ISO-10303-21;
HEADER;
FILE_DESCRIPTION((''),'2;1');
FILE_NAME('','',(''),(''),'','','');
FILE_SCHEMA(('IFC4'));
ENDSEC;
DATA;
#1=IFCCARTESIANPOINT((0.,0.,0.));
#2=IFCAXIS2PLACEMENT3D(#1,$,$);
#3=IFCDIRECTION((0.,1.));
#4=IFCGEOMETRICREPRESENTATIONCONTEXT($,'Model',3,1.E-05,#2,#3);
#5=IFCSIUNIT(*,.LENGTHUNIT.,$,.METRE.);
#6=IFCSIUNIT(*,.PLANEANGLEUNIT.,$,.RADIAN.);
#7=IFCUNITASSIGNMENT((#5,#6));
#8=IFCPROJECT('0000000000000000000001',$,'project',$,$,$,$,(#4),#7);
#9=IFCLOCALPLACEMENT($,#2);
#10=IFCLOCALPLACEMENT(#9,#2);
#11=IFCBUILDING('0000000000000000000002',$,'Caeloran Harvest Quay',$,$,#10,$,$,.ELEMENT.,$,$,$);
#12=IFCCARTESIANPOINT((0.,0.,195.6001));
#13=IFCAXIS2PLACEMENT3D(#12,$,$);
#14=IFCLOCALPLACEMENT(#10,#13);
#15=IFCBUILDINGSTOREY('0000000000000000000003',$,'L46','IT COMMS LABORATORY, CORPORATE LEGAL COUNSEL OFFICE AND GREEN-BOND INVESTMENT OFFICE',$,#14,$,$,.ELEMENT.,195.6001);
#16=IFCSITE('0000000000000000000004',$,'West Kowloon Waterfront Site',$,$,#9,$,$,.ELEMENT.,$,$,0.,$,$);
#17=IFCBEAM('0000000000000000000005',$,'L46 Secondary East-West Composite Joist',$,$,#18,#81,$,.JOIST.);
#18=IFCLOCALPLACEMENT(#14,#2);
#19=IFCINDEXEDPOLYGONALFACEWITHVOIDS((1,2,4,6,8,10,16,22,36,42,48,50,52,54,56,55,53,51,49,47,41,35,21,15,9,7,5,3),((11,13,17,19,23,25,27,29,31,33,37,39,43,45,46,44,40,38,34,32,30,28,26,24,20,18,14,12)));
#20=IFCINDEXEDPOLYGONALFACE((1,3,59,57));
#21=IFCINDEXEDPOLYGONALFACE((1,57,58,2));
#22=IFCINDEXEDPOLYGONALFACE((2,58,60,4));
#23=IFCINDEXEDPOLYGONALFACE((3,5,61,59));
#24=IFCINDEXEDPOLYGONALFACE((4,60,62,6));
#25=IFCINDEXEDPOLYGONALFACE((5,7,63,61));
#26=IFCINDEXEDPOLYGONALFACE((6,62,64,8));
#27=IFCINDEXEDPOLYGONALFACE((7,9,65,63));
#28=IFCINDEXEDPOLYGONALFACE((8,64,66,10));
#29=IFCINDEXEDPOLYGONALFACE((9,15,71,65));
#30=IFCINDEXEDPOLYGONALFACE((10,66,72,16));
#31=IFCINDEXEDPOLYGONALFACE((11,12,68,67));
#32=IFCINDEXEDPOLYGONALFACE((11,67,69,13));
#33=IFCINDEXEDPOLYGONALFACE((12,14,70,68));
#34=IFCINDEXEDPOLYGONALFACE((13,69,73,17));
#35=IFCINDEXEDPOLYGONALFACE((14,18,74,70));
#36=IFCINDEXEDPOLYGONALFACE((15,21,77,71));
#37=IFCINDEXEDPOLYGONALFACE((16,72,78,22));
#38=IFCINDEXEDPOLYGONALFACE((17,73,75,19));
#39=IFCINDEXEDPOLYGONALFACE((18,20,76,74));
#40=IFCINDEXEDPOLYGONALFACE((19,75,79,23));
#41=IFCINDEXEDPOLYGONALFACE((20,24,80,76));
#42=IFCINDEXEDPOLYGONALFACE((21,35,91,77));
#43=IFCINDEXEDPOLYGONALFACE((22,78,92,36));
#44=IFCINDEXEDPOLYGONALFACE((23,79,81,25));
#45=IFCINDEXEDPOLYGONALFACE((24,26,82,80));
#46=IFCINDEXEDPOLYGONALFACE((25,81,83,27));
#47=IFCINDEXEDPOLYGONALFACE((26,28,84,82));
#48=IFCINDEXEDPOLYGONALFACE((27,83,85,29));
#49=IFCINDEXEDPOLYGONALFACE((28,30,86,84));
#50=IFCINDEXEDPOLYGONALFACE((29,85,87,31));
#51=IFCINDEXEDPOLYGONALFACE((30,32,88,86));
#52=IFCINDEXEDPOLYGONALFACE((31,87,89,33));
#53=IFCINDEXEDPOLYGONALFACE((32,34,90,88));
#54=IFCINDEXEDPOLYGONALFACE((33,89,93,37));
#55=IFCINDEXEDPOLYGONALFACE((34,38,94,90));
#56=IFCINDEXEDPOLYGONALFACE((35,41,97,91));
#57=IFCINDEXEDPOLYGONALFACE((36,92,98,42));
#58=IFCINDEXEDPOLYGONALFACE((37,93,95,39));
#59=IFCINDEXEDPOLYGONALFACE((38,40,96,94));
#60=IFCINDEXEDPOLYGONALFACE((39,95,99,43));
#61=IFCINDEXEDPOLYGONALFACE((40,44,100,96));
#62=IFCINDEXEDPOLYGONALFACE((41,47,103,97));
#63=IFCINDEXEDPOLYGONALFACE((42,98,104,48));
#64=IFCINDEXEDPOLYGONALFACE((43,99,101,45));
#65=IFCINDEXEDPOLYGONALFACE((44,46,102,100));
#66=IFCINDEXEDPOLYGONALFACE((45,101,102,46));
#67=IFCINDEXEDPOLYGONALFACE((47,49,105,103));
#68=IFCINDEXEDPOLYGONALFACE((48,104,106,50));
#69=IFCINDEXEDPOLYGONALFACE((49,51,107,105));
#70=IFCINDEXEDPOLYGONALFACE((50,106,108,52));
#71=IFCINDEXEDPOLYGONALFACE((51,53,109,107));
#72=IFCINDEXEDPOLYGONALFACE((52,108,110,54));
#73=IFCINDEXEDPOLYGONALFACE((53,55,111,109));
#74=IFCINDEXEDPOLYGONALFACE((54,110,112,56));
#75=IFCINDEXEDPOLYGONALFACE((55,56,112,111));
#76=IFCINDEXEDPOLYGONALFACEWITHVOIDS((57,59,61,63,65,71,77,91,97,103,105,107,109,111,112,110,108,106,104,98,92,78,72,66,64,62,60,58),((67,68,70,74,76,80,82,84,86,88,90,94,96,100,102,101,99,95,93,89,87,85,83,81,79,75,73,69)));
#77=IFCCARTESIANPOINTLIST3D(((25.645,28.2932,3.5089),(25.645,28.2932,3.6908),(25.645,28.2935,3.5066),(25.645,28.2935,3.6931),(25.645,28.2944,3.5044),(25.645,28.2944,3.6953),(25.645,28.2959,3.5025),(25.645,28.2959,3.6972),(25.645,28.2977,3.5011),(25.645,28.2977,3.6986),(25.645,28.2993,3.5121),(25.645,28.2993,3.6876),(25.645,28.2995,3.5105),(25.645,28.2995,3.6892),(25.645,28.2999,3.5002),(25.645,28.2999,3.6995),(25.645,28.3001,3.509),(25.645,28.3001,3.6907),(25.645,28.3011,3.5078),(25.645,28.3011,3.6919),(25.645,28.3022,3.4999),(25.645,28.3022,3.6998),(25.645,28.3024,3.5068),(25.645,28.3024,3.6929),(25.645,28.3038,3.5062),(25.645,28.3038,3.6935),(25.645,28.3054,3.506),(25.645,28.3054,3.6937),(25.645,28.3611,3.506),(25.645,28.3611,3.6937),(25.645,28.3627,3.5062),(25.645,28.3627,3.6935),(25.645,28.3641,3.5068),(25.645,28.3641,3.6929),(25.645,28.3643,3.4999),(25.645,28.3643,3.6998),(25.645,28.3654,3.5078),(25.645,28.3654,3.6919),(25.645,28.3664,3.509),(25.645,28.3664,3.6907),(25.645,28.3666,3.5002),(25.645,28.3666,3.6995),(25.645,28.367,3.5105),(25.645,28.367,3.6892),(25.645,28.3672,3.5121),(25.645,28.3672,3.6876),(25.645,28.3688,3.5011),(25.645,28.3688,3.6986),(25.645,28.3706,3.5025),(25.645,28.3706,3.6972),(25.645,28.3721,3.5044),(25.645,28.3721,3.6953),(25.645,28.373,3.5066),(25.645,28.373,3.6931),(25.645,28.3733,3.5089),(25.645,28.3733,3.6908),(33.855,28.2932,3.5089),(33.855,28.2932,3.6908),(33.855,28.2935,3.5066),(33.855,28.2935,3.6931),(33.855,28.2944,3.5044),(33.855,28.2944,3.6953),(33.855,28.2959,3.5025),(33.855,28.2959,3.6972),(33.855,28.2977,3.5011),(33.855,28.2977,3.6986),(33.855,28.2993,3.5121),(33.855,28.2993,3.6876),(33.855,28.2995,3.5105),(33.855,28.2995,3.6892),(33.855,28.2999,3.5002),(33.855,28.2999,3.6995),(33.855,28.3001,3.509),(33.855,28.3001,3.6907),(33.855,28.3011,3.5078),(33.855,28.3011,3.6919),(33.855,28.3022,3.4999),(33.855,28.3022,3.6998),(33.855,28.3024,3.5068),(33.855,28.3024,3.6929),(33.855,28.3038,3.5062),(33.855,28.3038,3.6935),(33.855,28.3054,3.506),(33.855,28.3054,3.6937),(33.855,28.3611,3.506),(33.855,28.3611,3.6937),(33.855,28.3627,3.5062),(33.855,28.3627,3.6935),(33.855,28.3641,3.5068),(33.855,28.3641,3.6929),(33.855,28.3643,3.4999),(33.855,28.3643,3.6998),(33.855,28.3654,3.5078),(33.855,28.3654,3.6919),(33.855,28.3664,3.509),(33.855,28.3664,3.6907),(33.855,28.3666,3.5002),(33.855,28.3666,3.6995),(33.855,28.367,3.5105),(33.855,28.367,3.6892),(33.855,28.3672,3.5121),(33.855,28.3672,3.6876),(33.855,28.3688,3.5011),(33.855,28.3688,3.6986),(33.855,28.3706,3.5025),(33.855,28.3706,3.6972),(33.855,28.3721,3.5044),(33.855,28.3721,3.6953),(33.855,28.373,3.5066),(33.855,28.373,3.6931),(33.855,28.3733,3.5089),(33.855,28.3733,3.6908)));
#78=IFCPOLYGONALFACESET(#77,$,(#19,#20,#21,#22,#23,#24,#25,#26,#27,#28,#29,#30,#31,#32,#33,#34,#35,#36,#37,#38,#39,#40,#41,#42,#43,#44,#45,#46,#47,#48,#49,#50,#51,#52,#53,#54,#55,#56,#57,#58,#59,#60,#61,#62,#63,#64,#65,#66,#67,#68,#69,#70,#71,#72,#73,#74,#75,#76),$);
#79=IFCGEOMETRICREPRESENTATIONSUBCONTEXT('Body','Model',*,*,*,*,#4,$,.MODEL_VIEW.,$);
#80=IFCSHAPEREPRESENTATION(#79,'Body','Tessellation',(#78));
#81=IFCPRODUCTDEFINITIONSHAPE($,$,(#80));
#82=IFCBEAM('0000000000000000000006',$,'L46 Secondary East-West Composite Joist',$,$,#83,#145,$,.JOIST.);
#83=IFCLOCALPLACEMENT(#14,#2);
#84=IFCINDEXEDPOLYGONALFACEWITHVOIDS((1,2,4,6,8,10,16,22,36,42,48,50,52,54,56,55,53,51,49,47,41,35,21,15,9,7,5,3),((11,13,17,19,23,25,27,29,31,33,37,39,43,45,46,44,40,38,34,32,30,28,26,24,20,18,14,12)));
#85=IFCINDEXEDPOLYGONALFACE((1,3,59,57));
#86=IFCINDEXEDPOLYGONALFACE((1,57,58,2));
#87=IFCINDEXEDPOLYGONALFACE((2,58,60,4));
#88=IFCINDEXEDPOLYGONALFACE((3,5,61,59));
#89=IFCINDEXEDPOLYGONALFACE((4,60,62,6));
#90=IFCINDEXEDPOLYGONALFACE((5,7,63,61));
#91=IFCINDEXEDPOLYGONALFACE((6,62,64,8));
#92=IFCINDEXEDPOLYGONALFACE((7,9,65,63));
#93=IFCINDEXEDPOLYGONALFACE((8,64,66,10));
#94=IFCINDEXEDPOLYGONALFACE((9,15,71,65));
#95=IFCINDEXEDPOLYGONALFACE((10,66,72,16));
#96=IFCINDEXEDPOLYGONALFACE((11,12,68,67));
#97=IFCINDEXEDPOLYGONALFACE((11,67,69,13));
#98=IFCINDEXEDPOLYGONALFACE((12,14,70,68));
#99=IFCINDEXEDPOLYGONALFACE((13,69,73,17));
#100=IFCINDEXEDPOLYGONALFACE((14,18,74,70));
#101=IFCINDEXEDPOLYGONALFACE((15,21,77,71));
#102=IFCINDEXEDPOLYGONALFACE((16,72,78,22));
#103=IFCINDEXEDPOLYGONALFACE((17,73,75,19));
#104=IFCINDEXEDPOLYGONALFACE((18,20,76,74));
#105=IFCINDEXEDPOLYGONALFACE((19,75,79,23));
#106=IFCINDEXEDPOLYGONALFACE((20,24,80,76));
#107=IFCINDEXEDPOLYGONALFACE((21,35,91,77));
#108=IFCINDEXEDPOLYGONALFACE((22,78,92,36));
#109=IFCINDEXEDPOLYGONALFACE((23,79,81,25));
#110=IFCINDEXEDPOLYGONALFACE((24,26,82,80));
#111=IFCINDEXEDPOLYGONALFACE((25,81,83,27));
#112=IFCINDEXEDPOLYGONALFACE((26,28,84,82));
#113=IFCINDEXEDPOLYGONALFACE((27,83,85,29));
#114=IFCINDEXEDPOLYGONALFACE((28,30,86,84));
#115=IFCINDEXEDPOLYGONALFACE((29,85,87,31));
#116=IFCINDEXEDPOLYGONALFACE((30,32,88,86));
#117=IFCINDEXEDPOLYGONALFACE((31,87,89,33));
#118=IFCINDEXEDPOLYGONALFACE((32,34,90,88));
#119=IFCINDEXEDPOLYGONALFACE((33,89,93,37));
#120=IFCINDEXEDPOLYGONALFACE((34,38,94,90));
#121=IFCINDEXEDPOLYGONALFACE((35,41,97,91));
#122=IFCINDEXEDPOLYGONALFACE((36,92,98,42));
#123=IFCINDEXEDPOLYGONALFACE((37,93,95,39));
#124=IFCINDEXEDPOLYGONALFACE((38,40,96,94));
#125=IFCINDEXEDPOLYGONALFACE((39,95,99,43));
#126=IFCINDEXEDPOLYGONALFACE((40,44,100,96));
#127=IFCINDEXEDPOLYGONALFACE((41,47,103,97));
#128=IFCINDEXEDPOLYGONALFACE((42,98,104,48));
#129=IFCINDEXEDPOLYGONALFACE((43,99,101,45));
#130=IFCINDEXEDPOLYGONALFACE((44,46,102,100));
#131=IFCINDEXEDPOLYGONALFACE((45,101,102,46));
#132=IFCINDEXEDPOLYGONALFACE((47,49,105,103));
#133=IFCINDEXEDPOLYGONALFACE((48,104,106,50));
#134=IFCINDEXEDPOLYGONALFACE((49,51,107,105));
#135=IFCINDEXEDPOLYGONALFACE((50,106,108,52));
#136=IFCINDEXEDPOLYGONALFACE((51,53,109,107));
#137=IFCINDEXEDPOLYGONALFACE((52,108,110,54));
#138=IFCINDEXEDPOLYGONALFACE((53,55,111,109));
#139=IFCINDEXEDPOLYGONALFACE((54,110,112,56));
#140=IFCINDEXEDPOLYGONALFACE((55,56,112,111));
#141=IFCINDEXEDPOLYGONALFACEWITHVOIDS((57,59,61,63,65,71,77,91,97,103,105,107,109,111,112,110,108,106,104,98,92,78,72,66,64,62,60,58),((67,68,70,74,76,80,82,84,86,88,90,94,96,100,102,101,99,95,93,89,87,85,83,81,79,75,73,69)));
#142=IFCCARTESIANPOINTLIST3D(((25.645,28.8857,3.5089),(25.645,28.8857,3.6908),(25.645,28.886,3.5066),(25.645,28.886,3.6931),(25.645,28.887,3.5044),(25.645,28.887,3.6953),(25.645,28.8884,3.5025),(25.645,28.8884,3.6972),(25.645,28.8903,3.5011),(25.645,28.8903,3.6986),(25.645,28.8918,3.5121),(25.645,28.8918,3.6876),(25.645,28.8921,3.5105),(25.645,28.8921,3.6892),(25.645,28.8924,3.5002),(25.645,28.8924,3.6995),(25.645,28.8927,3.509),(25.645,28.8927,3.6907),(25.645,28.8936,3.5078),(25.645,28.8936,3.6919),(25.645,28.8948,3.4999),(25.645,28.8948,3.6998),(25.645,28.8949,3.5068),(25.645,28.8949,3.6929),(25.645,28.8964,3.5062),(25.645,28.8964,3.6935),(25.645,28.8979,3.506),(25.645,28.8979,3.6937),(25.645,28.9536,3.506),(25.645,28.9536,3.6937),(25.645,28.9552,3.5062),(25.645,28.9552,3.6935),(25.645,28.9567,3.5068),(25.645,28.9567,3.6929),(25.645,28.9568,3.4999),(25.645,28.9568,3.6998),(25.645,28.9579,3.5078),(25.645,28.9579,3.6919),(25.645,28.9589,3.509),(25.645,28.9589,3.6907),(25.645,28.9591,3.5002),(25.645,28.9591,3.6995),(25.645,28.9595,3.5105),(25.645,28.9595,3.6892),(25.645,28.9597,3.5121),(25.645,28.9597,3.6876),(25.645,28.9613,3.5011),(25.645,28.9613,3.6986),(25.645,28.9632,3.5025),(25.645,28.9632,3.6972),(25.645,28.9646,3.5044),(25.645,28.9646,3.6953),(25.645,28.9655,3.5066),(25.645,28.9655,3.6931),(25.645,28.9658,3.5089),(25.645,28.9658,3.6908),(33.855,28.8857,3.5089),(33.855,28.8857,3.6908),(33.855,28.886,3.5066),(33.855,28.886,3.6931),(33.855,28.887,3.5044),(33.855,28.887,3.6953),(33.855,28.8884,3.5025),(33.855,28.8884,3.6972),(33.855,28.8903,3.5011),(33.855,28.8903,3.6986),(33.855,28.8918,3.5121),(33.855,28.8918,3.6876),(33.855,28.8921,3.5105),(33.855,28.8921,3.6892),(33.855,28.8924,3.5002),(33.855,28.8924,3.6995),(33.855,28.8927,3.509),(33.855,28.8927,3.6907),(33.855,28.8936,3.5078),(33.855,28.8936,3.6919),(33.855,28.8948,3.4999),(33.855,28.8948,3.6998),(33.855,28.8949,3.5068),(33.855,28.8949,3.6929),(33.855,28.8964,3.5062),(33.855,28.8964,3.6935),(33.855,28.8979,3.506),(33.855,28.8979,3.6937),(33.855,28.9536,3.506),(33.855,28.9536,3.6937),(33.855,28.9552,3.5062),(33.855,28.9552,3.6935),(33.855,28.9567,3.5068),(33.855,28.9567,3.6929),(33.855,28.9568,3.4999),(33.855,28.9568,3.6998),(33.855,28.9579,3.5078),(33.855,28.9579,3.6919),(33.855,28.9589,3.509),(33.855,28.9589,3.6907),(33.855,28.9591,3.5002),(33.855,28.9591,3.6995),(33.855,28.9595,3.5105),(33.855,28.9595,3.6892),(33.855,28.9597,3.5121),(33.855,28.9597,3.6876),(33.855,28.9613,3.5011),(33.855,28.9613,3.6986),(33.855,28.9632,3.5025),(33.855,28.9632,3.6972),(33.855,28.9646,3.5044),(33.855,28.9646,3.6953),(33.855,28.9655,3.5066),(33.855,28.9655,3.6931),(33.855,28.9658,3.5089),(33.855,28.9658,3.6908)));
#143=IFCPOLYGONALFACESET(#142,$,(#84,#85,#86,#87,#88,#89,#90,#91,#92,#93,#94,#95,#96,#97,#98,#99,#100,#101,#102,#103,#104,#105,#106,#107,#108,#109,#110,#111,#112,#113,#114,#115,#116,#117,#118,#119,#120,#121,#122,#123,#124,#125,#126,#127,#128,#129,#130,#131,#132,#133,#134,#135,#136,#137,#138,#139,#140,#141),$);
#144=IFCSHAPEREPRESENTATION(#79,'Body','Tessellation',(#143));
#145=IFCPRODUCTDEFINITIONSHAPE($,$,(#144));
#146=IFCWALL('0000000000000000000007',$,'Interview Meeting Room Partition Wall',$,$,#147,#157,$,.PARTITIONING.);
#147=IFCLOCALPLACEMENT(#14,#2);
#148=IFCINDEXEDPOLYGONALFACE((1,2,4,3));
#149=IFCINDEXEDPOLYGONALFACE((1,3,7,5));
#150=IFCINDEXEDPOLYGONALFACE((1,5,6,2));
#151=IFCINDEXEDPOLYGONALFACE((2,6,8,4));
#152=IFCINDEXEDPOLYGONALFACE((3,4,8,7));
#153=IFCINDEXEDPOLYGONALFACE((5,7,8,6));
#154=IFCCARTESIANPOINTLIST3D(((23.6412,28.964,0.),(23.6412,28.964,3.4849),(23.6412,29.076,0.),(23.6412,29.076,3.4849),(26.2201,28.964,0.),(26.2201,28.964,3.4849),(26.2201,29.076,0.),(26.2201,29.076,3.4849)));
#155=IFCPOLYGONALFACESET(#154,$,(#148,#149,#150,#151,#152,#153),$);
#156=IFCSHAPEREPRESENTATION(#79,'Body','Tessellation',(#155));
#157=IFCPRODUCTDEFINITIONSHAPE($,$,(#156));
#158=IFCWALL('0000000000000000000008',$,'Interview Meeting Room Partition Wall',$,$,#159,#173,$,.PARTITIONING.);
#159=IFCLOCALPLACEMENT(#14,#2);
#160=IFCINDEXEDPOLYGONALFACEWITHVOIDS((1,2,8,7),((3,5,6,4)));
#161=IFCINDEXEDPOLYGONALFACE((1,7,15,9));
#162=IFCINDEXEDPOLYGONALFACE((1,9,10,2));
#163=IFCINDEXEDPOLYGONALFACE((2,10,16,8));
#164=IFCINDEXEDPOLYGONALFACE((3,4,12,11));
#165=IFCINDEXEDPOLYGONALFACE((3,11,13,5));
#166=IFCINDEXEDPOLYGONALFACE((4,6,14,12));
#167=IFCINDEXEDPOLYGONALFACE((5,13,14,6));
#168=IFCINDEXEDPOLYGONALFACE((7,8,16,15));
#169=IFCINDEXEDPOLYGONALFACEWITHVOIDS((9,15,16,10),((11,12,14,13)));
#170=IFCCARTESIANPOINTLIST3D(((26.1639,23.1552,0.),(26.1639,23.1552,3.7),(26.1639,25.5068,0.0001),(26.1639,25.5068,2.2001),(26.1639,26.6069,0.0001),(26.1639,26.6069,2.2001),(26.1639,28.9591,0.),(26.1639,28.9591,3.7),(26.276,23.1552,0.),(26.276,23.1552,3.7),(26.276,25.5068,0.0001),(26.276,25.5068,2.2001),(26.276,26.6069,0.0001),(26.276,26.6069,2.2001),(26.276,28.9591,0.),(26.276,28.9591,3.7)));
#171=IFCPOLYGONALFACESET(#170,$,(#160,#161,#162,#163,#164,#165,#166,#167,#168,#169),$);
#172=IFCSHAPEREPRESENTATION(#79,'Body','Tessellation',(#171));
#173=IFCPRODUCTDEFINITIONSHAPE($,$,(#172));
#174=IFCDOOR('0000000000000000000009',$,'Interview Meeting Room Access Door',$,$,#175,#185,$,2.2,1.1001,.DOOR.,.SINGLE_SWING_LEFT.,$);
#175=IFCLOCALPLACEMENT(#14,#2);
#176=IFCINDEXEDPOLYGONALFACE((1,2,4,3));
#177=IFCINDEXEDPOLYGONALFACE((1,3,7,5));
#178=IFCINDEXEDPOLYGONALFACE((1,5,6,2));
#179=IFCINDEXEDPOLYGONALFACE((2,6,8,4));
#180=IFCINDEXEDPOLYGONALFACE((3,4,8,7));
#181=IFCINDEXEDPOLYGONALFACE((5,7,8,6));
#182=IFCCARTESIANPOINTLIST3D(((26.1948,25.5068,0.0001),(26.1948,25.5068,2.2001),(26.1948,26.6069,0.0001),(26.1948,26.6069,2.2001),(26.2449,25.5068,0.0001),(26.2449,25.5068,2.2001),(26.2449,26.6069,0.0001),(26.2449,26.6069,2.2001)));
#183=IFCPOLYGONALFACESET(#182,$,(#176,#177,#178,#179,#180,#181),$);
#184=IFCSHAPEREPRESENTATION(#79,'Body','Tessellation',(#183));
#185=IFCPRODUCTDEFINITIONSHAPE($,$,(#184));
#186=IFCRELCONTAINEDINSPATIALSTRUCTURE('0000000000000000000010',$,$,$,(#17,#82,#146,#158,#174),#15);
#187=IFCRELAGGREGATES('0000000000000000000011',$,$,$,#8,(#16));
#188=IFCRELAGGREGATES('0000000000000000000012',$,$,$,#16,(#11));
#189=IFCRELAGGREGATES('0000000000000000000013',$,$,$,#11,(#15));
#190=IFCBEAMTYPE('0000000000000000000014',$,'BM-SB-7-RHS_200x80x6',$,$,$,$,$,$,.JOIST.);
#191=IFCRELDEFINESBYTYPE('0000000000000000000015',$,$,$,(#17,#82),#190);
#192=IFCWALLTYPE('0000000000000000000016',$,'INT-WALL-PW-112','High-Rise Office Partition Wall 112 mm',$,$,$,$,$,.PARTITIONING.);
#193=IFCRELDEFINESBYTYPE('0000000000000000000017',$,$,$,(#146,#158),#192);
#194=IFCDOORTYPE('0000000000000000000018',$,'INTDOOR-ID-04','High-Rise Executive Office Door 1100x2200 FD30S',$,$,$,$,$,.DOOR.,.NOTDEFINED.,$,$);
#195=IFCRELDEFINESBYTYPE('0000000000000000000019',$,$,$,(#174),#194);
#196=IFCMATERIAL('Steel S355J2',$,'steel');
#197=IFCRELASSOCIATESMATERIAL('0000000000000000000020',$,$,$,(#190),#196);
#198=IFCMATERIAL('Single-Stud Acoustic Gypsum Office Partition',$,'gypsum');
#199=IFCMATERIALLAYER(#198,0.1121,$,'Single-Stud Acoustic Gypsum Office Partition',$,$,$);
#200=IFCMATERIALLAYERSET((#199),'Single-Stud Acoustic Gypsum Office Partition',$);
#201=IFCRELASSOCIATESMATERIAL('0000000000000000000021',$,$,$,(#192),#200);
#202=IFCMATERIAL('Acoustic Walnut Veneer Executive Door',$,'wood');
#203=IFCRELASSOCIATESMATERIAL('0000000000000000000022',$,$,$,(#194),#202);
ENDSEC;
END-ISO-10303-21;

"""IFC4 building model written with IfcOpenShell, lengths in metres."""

from ifc_helpers import new_model, si_unit, direction, frame, frame_2d, origin, origin_2d, place, context, subcontext, project, spatial, rectangle, hollow_rectangle, extrude, material, layer, layer_set, material_profile, profile_set, type_object, element, fill, save


model = new_model("IFC4")

# Units and contexts
model_context = context("Model", 3, precision=1e-05, world=origin(), true_north=direction((0.0, 1.0)))
body_context = subcontext(model_context, "Body", "Model", "MODEL_VIEW")
ifc_project = project(units=[si_unit("LENGTHUNIT", "METRE"), si_unit("PLANEANGLEUNIT", "RADIAN")], contexts=[model_context])

# Site, building, storey
site_placement = place(None, origin())
site = spatial("IfcSite", under=ifc_project, at=site_placement, Name="West Kowloon Waterfront Site", CompositionType="ELEMENT", RefElevation=0.0)
building_placement = place(site_placement, origin())
building = spatial("IfcBuilding", under=site, at=building_placement, Name="Caeloran Harvest Quay", CompositionType="ELEMENT")
storey_placement = place(building_placement, frame((0.0, 0.0, 195.6001)))
storey = spatial("IfcBuildingStorey", under=building, at=storey_placement, Name="L46", Description="IT COMMS LABORATORY, CORPORATE LEGAL COUNSEL OFFICE AND GREEN-BOND INVESTMENT OFFICE", CompositionType="ELEMENT", Elevation=195.6001)

# Beams
ifc_material_1 = material(Name="Steel S355J2", Category="steel")
ifc_material_profile_1 = material_profile(ifc_material_1, hollow_rectangle(XDim=0.0801, YDim=0.2, WallThickness=0.0061, InnerFilletRadius=0.0061, OuterFilletRadius=0.009, at=origin_2d()), Name="RHS 200x80x6")
ifc_profile_set_1 = profile_set([ifc_material_profile_1], Name="Steel S355J2")
beam_type_1 = type_object("IfcBeamType", Name="BM-SB-7-RHS_200x80x6", PredefinedType="JOIST", material=ifc_profile_set_1)
for number, where, z_axis, x_axis, name in (
    (1, (25.645, 28.3333, 3.5999), (1.0, 0.0, 0.0), (0.0, 1.0, 0.0), "L46 Secondary East-West Composite Joist"),
    (2, (25.645, 28.9258, 3.5999), (1.0, 0.0, 0.0), (0.0, 1.0, 0.0), "L46 Secondary East-West Composite Joist"),
):
    element("IfcBeam", number, at=place(storey_placement, frame(where, z_axis=z_axis, x_axis=x_axis)), inside=storey, type_object=beam_type_1, Name=name, PredefinedType="JOIST", context=body_context, shape_type="SweptSolid", body=[
        extrude(hollow_rectangle(XDim=0.0801, YDim=0.2, WallThickness=0.0061, InnerFilletRadius=0.0061, OuterFilletRadius=0.009, at=origin_2d()), origin(), (0.0, 0.0, 1.0), 8.21),
    ])

# Wall
ifc_material_2 = material(Name="Single-Stud Acoustic Gypsum Office Partition", Category="gypsum")
ifc_layer = layer(ifc_material_2, 0.1121, Name="Single-Stud Acoustic Gypsum Office Partition")
ifc_layer_set = layer_set([ifc_layer], Name="Single-Stud Acoustic Gypsum Office Partition")
wall_type = type_object("IfcWallType", Name="INT-WALL-PW-112", Description="High-Rise Office Partition Wall 112 mm", PredefinedType="PARTITIONING", material=ifc_layer_set)
wall_1_placement = place(storey_placement, frame((23.6411, 29.02, 0.0), z_axis=(0.0, 0.0, 1.0), x_axis=(1.0, 0.0, 0.0)))
element("IfcWall", 3, at=wall_1_placement, inside=storey, type_object=wall_type, Name="Interview Meeting Room Partition Wall", PredefinedType="PARTITIONING", context=body_context, shape_type="SweptSolid", body=[
    extrude(rectangle(XDim=2.5789, YDim=0.1121, at=frame_2d((1.2896, 0.0))), origin(), (0.0, 0.0, 1.0), 3.4849),
])

# Wall, opening, door
wall_2_placement = place(storey_placement, frame((26.22, 28.959, 0.0), z_axis=(0.0, 0.0, 1.0), x_axis=(0.0, -1.0, 0.0)))
wall_2 = element("IfcWall", 4, at=wall_2_placement, inside=storey, type_object=wall_type, Name="Interview Meeting Room Partition Wall", PredefinedType="PARTITIONING", context=body_context, shape_type="SweptSolid", body=[
    extrude(rectangle(XDim=5.804, YDim=0.1121, at=frame_2d((2.9019, 0.0))), origin(), (0.0, 0.0, 1.0), 3.7),
])
opening_placement = place(wall_2_placement, frame((2.3521, 0.0, 0.0)))
opening = element("IfcOpeningElement", 5, at=opening_placement, cuts=wall_2, PredefinedType="OPENING", context=body_context, shape_type="SweptSolid", body=[
    extrude(rectangle(XDim=1.1001, YDim=2.2, at=frame_2d((0.55, 1.1001))), frame((0.0, 0.0659, 0.0), z_axis=(0.0, -1.0, 0.0), x_axis=(1.0, 0.0, 0.0)), (0.0, 0.0, 1.0), 0.1321),
])
ifc_material_3 = material(Name="Acoustic Walnut Veneer Executive Door", Category="wood")
door_type = type_object("IfcDoorType", Name="INTDOOR-ID-04", Description="High-Rise Executive Office Door 1100x2200 FD30S", OperationType="NOTDEFINED", PredefinedType="DOOR", material=ifc_material_3)
door_placement = place(opening_placement, origin())
door = element("IfcDoor", 6, at=door_placement, inside=storey, type_object=door_type, Name="Interview Meeting Room Access Door", OperationType="SINGLE_SWING_LEFT", OverallHeight=2.2, OverallWidth=1.1001, PredefinedType="DOOR", context=body_context, shape_type="SweptSolid", body=[
    extrude(rectangle(XDim=1.1001, YDim=2.2, at=frame_2d((0.55, 1.1001))), frame((0.0, 0.0249, 0.0), z_axis=(0.0, -1.0, 0.0), x_axis=(1.0, 0.0, 0.0)), (0.0, 0.0, 1.0), 0.05),
])
fill(opening, door)

save(model, "model.ifc")
